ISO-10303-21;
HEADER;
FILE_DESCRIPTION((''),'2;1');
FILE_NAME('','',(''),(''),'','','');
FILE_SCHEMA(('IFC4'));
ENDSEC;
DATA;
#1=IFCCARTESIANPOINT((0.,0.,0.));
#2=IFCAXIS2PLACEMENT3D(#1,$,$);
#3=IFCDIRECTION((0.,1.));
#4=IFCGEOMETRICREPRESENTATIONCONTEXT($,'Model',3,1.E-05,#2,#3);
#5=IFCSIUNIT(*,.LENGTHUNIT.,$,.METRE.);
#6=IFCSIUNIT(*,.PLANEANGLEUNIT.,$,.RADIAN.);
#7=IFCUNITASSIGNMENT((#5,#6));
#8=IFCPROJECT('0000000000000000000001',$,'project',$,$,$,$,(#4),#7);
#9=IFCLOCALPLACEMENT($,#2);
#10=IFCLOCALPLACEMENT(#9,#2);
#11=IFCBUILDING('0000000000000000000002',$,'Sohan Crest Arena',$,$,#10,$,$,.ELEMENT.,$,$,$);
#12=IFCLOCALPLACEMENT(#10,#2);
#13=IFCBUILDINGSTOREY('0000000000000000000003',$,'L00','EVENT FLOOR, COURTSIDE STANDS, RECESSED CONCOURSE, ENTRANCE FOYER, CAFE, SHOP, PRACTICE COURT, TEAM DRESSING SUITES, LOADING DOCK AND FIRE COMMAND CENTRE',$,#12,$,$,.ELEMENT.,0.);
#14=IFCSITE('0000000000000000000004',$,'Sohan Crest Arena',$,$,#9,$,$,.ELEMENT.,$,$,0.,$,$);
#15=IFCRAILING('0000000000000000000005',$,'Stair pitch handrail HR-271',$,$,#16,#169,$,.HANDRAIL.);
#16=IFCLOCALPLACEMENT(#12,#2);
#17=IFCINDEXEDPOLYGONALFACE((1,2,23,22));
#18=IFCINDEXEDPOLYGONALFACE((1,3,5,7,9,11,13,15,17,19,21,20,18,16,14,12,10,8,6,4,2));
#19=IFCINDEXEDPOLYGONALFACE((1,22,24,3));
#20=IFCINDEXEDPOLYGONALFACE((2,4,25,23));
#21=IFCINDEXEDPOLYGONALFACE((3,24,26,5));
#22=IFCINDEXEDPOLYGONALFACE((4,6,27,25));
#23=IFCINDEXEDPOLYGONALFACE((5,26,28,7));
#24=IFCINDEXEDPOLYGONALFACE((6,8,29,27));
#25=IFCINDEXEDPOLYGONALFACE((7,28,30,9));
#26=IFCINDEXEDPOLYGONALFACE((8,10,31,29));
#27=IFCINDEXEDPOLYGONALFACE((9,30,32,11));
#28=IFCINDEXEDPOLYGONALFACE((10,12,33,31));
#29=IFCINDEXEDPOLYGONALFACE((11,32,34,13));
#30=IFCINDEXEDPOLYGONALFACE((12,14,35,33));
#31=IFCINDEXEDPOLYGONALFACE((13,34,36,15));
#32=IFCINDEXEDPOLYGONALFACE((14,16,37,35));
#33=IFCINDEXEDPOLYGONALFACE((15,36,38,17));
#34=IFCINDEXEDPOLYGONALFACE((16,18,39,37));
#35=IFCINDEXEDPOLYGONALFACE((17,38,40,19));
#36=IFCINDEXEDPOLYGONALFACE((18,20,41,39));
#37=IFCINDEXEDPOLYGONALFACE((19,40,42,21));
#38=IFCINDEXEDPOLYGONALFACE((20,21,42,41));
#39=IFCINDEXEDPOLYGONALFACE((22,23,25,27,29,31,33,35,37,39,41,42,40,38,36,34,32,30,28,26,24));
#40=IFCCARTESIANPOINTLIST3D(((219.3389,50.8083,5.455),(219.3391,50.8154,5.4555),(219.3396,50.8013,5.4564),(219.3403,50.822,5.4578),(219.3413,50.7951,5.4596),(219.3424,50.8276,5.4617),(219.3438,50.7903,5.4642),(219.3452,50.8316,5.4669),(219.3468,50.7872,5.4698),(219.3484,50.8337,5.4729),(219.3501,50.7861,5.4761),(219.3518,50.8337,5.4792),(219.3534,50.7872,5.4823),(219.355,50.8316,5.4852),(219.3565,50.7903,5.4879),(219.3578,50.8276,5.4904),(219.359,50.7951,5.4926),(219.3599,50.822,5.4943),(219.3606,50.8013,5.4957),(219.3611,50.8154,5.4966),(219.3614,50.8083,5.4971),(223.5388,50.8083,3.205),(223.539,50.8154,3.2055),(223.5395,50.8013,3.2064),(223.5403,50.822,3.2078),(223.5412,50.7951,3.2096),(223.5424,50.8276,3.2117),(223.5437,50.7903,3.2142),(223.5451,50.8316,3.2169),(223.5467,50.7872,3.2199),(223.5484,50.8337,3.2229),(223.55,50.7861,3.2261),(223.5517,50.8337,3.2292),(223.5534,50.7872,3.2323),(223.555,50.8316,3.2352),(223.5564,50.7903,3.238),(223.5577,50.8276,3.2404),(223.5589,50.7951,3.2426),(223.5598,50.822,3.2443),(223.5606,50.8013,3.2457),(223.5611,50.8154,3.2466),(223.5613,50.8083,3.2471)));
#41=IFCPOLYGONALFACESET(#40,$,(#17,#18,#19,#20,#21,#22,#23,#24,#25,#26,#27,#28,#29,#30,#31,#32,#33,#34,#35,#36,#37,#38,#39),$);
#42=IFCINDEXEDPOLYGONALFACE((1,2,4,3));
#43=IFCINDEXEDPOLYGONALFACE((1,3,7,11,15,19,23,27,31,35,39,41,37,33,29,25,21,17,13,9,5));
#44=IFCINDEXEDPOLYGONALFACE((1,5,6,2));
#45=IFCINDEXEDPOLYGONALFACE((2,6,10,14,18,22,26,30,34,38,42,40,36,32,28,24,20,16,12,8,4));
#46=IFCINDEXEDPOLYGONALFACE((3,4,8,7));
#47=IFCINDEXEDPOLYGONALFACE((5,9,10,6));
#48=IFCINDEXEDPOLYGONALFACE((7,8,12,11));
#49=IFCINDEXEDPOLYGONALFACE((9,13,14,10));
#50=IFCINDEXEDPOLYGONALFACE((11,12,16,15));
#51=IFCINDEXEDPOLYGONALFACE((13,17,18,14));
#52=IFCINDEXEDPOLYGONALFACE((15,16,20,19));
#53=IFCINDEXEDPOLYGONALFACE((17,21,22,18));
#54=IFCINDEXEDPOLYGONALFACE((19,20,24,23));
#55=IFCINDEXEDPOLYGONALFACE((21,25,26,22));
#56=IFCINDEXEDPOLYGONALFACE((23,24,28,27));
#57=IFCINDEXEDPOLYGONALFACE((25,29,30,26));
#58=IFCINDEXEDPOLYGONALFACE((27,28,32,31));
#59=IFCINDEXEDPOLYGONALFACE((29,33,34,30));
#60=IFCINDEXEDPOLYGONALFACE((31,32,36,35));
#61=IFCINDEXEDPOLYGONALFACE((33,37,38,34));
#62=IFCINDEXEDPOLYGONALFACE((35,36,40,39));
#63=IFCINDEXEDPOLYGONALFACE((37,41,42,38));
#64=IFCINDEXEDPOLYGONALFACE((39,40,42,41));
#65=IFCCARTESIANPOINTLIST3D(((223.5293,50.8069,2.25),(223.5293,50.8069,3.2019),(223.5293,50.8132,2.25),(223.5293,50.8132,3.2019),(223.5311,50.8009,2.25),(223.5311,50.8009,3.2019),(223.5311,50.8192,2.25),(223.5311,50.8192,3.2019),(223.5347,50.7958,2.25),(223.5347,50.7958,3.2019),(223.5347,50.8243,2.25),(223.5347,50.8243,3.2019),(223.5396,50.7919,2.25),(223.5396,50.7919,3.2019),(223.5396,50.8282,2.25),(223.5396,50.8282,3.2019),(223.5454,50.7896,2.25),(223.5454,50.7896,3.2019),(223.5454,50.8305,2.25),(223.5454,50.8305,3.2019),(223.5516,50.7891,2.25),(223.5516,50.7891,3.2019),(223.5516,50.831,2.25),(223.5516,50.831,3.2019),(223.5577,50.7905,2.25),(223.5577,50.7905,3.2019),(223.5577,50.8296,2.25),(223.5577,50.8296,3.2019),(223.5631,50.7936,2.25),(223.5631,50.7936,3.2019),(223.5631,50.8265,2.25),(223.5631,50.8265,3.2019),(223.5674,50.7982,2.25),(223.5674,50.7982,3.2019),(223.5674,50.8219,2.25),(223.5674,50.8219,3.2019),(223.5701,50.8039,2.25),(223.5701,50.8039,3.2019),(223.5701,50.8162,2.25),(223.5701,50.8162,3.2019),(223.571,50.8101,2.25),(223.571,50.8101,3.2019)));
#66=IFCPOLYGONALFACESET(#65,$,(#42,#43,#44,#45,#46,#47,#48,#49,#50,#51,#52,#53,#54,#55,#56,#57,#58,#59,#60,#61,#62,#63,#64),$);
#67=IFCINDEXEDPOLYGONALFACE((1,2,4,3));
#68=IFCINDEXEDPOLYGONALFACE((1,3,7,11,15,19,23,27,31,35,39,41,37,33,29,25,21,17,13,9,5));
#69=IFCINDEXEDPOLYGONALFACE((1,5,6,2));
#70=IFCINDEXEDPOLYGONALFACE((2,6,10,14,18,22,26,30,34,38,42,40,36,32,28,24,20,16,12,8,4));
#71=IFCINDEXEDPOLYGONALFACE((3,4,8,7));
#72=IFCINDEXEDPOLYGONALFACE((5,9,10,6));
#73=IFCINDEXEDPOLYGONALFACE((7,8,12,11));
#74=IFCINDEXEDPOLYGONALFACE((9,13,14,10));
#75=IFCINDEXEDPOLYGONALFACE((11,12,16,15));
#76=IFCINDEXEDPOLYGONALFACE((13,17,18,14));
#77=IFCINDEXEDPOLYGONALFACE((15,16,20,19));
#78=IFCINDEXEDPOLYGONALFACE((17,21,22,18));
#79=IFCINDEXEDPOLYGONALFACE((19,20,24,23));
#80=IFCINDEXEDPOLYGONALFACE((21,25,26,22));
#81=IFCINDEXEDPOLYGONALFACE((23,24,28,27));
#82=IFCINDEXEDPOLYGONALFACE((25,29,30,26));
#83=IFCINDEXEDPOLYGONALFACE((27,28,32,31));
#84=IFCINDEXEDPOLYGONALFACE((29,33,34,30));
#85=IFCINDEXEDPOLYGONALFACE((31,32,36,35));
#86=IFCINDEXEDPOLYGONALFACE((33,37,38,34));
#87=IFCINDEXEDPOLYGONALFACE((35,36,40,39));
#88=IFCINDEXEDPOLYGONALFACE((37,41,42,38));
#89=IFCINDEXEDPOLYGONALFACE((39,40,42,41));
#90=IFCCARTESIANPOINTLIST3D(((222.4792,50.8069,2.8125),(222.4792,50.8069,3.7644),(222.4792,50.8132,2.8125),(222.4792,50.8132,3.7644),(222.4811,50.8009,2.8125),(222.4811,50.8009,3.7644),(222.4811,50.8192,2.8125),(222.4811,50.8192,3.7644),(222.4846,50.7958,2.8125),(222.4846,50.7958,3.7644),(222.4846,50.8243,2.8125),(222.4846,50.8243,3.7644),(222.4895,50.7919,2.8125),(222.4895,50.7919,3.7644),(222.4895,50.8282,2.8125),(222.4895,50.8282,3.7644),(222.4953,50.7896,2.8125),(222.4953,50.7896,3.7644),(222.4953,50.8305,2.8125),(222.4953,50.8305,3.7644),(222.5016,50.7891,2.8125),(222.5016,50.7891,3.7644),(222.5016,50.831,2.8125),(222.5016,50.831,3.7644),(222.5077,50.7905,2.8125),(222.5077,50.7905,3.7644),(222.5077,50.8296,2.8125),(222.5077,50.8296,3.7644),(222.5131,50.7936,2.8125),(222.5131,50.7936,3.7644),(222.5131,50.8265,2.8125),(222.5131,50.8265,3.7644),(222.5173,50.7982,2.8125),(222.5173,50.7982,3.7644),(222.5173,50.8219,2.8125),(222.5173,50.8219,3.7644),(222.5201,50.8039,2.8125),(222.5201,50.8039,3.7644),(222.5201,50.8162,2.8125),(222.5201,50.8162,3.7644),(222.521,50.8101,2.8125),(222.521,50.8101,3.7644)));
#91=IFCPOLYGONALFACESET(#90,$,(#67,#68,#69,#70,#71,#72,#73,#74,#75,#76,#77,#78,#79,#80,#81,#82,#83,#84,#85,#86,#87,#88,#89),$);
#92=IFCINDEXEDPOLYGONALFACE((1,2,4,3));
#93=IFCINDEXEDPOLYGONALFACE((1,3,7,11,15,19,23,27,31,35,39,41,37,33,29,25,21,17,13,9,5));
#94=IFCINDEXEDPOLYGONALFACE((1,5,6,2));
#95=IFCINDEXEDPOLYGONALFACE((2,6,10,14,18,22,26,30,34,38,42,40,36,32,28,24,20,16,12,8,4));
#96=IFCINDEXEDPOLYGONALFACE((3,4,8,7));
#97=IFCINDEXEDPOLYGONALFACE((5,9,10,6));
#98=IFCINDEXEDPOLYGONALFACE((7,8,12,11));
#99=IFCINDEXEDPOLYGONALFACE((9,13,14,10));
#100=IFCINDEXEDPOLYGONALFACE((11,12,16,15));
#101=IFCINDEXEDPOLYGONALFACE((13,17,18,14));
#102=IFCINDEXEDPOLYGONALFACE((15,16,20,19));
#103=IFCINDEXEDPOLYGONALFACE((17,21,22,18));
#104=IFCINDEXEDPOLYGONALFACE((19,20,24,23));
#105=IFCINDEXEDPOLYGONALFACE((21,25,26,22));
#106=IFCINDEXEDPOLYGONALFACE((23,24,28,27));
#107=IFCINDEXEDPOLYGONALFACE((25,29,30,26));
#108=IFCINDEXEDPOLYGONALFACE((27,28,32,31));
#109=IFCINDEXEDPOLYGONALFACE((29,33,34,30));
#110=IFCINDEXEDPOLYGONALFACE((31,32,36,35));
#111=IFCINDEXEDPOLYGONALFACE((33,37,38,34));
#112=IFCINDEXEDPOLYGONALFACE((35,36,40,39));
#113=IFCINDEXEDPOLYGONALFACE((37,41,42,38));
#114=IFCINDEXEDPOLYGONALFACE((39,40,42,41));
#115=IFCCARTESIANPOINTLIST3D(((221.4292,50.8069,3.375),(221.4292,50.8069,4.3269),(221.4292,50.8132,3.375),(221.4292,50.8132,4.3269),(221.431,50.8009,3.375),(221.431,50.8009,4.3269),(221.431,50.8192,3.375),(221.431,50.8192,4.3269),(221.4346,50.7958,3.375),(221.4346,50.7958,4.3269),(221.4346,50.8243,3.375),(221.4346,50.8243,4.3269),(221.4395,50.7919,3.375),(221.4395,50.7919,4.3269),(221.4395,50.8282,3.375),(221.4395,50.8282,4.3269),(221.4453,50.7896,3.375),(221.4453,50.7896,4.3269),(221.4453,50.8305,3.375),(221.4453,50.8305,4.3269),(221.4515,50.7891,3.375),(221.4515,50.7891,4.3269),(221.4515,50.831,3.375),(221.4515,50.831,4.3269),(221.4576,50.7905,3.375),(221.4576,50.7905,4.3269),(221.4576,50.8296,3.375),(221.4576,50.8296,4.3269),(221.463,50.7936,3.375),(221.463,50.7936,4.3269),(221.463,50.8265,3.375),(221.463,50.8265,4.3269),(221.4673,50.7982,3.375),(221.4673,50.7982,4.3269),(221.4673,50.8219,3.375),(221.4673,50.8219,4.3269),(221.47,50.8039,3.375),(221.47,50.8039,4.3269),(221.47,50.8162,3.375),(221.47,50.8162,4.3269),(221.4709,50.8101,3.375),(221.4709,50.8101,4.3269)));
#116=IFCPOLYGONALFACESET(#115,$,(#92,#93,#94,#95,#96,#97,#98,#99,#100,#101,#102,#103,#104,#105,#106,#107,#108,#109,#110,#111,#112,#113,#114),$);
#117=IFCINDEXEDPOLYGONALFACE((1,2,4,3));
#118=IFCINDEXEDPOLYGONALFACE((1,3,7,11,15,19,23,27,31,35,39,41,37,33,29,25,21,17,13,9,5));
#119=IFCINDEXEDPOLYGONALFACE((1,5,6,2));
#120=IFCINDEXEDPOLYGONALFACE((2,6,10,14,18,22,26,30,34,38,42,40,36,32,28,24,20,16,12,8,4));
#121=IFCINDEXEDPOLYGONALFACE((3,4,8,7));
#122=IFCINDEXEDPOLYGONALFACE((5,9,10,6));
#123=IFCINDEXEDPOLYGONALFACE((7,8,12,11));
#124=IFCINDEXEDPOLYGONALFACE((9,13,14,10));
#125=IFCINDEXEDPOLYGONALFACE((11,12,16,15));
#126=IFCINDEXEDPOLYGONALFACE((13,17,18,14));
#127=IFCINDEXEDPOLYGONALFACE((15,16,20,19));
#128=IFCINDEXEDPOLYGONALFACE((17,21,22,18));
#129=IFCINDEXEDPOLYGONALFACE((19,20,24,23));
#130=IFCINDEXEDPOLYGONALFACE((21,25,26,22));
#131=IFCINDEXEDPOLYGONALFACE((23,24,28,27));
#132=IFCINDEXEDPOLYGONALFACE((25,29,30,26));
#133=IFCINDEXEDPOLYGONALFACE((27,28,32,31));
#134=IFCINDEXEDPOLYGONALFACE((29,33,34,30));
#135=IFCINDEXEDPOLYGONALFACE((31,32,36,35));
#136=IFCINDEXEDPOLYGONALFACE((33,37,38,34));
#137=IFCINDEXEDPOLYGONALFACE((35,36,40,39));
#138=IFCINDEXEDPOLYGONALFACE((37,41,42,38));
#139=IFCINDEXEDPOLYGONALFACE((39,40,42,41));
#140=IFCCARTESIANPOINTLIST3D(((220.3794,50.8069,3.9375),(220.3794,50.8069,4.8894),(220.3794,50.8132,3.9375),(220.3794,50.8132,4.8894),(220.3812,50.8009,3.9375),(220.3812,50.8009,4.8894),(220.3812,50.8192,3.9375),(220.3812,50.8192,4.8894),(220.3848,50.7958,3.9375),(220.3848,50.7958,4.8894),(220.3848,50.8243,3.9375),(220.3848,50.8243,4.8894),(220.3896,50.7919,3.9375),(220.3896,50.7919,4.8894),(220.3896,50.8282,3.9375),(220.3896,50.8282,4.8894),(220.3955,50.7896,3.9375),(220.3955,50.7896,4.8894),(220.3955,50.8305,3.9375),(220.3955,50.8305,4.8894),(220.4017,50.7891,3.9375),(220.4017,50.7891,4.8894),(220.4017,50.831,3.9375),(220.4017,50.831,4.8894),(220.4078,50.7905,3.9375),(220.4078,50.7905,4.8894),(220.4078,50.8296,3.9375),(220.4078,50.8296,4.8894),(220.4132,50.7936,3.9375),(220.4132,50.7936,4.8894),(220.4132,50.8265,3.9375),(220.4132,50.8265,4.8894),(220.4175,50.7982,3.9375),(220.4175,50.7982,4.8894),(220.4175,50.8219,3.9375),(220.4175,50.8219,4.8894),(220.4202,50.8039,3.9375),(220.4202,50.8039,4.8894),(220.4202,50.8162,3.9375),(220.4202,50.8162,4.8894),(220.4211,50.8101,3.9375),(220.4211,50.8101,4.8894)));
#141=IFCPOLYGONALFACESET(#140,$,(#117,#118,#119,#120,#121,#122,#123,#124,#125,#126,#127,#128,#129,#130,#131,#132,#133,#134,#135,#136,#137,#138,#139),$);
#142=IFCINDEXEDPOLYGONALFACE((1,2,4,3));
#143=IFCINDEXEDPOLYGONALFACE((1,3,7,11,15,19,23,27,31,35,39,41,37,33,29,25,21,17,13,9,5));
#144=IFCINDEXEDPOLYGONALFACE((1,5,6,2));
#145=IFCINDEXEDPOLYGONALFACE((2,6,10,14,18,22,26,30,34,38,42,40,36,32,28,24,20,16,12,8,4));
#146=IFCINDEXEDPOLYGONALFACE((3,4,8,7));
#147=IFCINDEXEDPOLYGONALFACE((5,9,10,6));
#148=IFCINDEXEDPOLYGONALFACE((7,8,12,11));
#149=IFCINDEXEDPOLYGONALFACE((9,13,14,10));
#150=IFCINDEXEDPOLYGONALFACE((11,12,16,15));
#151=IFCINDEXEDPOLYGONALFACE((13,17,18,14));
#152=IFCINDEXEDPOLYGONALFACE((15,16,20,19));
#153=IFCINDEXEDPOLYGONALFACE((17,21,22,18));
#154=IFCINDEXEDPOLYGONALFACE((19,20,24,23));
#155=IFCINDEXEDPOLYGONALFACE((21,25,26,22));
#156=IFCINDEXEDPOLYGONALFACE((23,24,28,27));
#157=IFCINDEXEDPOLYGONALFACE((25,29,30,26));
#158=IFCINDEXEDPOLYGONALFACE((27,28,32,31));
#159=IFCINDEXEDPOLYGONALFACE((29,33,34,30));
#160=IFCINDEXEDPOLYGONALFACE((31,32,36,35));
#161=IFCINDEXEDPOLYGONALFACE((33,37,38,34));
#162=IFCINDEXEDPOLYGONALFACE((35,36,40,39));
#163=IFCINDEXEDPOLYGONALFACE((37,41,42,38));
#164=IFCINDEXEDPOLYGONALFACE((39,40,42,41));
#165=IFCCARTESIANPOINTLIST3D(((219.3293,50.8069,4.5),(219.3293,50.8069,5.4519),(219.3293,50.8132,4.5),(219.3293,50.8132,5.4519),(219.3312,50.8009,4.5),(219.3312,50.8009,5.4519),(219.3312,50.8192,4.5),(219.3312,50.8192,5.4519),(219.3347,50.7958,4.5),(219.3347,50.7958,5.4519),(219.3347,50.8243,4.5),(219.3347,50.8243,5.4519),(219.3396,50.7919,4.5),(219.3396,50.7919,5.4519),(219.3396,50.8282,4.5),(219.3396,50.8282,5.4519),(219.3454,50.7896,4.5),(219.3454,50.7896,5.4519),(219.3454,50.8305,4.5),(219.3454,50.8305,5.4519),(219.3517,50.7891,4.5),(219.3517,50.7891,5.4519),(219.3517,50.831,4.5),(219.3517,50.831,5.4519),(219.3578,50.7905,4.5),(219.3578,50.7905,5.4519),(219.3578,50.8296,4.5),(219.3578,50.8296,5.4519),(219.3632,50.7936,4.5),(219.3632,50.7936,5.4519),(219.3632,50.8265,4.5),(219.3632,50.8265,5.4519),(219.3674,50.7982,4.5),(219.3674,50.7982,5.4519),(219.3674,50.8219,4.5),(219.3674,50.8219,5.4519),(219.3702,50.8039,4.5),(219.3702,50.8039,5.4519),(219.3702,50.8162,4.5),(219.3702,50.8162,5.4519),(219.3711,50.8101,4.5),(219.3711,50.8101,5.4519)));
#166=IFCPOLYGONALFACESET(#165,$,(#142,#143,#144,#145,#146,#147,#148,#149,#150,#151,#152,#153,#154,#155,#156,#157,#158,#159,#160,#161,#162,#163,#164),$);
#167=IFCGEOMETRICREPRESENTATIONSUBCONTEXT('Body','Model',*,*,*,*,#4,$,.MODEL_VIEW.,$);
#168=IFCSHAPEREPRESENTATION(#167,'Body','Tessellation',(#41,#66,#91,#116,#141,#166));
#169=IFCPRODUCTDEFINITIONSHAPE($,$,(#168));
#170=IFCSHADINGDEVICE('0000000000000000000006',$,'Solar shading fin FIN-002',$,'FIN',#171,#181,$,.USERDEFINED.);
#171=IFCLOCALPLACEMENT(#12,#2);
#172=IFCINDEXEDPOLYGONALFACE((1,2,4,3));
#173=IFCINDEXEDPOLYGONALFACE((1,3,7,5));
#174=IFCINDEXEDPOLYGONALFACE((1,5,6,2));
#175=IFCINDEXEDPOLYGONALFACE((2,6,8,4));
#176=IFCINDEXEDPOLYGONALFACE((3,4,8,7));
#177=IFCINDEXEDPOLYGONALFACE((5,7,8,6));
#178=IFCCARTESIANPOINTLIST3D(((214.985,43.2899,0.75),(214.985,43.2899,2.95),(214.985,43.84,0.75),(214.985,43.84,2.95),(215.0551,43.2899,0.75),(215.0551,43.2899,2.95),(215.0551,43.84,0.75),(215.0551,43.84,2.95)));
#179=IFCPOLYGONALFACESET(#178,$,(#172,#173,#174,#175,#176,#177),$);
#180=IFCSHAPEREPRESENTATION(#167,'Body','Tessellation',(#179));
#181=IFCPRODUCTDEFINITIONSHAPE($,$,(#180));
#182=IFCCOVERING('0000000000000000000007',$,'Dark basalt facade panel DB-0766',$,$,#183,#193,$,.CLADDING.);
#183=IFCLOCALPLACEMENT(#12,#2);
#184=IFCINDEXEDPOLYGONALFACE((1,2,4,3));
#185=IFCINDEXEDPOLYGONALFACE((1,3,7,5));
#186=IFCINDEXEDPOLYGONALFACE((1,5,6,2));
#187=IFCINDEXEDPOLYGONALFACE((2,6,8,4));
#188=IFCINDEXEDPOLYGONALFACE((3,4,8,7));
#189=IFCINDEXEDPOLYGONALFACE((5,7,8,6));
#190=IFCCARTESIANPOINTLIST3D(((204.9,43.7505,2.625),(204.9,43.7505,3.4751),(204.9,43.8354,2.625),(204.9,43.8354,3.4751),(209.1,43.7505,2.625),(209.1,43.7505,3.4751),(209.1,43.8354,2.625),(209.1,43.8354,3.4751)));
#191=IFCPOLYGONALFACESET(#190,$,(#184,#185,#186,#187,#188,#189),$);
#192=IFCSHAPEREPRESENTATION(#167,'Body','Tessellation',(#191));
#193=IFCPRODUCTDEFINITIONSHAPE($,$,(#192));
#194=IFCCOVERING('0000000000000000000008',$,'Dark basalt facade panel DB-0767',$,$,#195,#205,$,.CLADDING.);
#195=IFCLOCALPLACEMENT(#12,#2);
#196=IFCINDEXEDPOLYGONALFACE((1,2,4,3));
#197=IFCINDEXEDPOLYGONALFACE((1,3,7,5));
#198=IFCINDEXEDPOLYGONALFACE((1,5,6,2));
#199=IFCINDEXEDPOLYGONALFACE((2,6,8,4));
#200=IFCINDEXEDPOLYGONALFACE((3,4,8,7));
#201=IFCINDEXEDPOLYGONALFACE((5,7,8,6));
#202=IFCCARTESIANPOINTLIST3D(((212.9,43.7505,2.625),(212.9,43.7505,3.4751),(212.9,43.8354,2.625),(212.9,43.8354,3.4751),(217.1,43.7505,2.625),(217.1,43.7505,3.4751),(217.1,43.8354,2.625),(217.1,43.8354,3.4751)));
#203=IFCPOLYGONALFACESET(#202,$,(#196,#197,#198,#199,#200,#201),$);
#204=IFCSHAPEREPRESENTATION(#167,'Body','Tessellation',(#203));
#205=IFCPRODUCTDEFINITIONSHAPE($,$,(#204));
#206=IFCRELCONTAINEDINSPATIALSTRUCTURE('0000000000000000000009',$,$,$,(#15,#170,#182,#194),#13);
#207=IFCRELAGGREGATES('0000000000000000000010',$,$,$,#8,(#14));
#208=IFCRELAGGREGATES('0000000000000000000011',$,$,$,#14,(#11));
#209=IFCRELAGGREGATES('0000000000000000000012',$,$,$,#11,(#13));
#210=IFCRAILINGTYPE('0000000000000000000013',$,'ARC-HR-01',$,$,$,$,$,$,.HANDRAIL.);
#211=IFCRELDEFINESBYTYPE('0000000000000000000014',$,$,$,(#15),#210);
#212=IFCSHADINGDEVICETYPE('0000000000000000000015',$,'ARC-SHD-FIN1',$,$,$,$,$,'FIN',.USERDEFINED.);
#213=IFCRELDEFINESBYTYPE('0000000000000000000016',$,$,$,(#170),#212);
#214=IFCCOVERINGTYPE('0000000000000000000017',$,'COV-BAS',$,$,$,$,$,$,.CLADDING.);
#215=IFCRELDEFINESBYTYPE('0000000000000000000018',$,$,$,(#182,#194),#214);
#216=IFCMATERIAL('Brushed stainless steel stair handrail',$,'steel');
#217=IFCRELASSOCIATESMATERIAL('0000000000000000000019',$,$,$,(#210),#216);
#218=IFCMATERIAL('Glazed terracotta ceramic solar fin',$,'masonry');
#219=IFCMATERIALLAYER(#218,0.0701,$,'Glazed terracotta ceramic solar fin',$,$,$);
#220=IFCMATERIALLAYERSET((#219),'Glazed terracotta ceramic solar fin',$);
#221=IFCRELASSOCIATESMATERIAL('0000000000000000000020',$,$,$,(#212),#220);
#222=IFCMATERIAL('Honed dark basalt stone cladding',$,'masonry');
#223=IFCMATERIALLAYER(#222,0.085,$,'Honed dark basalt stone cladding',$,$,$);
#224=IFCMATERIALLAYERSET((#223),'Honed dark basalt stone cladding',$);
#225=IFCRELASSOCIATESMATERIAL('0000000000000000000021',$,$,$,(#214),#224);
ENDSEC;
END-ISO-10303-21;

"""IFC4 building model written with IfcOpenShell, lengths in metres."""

from ifc_helpers import new_model, si_unit, direction, frame, origin, origin_2d, place, context, subcontext, project, spatial, rectangle, circle, extrude, material, layer, layer_set, type_object, element, save


model = new_model("IFC4")

# Units and contexts
model_context = context("Model", 3, precision=1e-05, world=origin(), true_north=direction((0.0, 1.0)))
body_context = subcontext(model_context, "Body", "Model", "MODEL_VIEW")
ifc_project = project(units=[si_unit("LENGTHUNIT", "METRE"), si_unit("PLANEANGLEUNIT", "RADIAN")], contexts=[model_context])

# Site, building, storey
site_placement = place(None, origin())
site = spatial("IfcSite", under=ifc_project, at=site_placement, Name="Sohan Crest Arena", CompositionType="ELEMENT", RefElevation=0.0)
building_placement = place(site_placement, origin())
building = spatial("IfcBuilding", under=site, at=building_placement, Name="Sohan Crest Arena", CompositionType="ELEMENT")
storey_placement = place(building_placement, origin())
storey = spatial("IfcBuildingStorey", under=building, at=storey_placement, Name="L00", Description="EVENT FLOOR, COURTSIDE STANDS, RECESSED CONCOURSE, ENTRANCE FOYER, CAFE, SHOP, PRACTICE COURT, TEAM DRESSING SUITES, LOADING DOCK AND FIRE COMMAND CENTRE", CompositionType="ELEMENT", Elevation=0.0)

# Railing
ifc_material_1 = material(Name="Brushed stainless steel stair handrail", Category="steel")
railing_type_1 = type_object("IfcRailingType", Name="ARC-HR-01", PredefinedType="HANDRAIL", material=ifc_material_1)
railing_1_placement = place(storey_placement, frame((223.55, 50.8101, 2.25)))
element("IfcRailing", 1, at=railing_1_placement, inside=storey, type_object=railing_type_1, Name="Stair pitch handrail HR-271", PredefinedType="HANDRAIL", context=body_context, shape_type="SweptSolid", body=[
    extrude(circle(Radius=0.0239, at=origin_2d()), frame((0.0, 0.0, 0.9761), z_axis=(-0.881478, 0.0, 0.472226), x_axis=(0.0, -1.0, 0.0)), (0.0, 0.0, 1.0), 4.7646),
    extrude(circle(Radius=0.021, at=origin_2d()), origin(), (0.0, 0.0, 1.0), 0.9519),
    extrude(circle(Radius=0.021, at=origin_2d()), frame((-1.05, 0.0, 0.5625)), (0.0, 0.0, 1.0), 0.9519),
    extrude(circle(Radius=0.021, at=origin_2d()), frame((-2.1001, 0.0, 1.125)), (0.0, 0.0, 1.0), 0.9519),
    extrude(circle(Radius=0.021, at=origin_2d()), frame((-3.1499, 0.0, 1.6875)), (0.0, 0.0, 1.0), 0.9519),
    extrude(circle(Radius=0.021, at=origin_2d()), frame((-4.2, 0.0, 2.25)), (0.0, 0.0, 1.0), 0.9519),
])

# Shading device
ifc_material_2 = material(Name="Glazed terracotta ceramic solar fin", Category="masonry")
ifc_layer_1 = layer(ifc_material_2, 0.0701, Name="Glazed terracotta ceramic solar fin")
ifc_layer_set_1 = layer_set([ifc_layer_1], Name="Glazed terracotta ceramic solar fin")
shading_device_type = type_object("IfcShadingDeviceType", Name="ARC-SHD-FIN1", ElementType="FIN", PredefinedType="USERDEFINED", material=ifc_layer_set_1)
shading_device_placement = place(storey_placement, frame((215.02, 43.5649, 0.75), z_axis=(0.0, 0.0, 1.0), x_axis=(1.0, 0.0, 0.0)))
element("IfcShadingDevice", 2, at=shading_device_placement, inside=storey, type_object=shading_device_type, Name="Solar shading fin FIN-002", ObjectType="FIN", PredefinedType="USERDEFINED", context=body_context, shape_type="SweptSolid", body=[
    extrude(rectangle(XDim=0.0701, YDim=0.55, at=origin_2d()), origin(), (0.0, 0.0, 1.0), 2.2),
])

# Coverings
ifc_material_3 = material(Name="Honed dark basalt stone cladding", Category="masonry")
ifc_layer_2 = layer(ifc_material_3, 0.085, Name="Honed dark basalt stone cladding")
ifc_layer_set_2 = layer_set([ifc_layer_2], Name="Honed dark basalt stone cladding")
covering_type = type_object("IfcCoveringType", Name="COV-BAS", PredefinedType="CLADDING", material=ifc_layer_set_2)
for number, where, z_axis, x_axis, name in (
    (3, (207.0, 43.793, 2.625), (0.0, 0.0, 1.0), (1.0, 0.0, 0.0), "Dark basalt facade panel DB-0766"),
    (4, (215.0, 43.793, 2.625), (0.0, 0.0, 1.0), (1.0, 0.0, 0.0), "Dark basalt facade panel DB-0767"),
):
    element("IfcCovering", number, at=place(storey_placement, frame(where, z_axis=z_axis, x_axis=x_axis)), inside=storey, type_object=covering_type, Name=name, PredefinedType="CLADDING", context=body_context, shape_type="SweptSolid", body=[
        extrude(rectangle(XDim=4.2, YDim=0.085, at=origin_2d()), origin(), (0.0, 0.0, 1.0), 0.8501),
    ])

save(model, "model.ifc")
